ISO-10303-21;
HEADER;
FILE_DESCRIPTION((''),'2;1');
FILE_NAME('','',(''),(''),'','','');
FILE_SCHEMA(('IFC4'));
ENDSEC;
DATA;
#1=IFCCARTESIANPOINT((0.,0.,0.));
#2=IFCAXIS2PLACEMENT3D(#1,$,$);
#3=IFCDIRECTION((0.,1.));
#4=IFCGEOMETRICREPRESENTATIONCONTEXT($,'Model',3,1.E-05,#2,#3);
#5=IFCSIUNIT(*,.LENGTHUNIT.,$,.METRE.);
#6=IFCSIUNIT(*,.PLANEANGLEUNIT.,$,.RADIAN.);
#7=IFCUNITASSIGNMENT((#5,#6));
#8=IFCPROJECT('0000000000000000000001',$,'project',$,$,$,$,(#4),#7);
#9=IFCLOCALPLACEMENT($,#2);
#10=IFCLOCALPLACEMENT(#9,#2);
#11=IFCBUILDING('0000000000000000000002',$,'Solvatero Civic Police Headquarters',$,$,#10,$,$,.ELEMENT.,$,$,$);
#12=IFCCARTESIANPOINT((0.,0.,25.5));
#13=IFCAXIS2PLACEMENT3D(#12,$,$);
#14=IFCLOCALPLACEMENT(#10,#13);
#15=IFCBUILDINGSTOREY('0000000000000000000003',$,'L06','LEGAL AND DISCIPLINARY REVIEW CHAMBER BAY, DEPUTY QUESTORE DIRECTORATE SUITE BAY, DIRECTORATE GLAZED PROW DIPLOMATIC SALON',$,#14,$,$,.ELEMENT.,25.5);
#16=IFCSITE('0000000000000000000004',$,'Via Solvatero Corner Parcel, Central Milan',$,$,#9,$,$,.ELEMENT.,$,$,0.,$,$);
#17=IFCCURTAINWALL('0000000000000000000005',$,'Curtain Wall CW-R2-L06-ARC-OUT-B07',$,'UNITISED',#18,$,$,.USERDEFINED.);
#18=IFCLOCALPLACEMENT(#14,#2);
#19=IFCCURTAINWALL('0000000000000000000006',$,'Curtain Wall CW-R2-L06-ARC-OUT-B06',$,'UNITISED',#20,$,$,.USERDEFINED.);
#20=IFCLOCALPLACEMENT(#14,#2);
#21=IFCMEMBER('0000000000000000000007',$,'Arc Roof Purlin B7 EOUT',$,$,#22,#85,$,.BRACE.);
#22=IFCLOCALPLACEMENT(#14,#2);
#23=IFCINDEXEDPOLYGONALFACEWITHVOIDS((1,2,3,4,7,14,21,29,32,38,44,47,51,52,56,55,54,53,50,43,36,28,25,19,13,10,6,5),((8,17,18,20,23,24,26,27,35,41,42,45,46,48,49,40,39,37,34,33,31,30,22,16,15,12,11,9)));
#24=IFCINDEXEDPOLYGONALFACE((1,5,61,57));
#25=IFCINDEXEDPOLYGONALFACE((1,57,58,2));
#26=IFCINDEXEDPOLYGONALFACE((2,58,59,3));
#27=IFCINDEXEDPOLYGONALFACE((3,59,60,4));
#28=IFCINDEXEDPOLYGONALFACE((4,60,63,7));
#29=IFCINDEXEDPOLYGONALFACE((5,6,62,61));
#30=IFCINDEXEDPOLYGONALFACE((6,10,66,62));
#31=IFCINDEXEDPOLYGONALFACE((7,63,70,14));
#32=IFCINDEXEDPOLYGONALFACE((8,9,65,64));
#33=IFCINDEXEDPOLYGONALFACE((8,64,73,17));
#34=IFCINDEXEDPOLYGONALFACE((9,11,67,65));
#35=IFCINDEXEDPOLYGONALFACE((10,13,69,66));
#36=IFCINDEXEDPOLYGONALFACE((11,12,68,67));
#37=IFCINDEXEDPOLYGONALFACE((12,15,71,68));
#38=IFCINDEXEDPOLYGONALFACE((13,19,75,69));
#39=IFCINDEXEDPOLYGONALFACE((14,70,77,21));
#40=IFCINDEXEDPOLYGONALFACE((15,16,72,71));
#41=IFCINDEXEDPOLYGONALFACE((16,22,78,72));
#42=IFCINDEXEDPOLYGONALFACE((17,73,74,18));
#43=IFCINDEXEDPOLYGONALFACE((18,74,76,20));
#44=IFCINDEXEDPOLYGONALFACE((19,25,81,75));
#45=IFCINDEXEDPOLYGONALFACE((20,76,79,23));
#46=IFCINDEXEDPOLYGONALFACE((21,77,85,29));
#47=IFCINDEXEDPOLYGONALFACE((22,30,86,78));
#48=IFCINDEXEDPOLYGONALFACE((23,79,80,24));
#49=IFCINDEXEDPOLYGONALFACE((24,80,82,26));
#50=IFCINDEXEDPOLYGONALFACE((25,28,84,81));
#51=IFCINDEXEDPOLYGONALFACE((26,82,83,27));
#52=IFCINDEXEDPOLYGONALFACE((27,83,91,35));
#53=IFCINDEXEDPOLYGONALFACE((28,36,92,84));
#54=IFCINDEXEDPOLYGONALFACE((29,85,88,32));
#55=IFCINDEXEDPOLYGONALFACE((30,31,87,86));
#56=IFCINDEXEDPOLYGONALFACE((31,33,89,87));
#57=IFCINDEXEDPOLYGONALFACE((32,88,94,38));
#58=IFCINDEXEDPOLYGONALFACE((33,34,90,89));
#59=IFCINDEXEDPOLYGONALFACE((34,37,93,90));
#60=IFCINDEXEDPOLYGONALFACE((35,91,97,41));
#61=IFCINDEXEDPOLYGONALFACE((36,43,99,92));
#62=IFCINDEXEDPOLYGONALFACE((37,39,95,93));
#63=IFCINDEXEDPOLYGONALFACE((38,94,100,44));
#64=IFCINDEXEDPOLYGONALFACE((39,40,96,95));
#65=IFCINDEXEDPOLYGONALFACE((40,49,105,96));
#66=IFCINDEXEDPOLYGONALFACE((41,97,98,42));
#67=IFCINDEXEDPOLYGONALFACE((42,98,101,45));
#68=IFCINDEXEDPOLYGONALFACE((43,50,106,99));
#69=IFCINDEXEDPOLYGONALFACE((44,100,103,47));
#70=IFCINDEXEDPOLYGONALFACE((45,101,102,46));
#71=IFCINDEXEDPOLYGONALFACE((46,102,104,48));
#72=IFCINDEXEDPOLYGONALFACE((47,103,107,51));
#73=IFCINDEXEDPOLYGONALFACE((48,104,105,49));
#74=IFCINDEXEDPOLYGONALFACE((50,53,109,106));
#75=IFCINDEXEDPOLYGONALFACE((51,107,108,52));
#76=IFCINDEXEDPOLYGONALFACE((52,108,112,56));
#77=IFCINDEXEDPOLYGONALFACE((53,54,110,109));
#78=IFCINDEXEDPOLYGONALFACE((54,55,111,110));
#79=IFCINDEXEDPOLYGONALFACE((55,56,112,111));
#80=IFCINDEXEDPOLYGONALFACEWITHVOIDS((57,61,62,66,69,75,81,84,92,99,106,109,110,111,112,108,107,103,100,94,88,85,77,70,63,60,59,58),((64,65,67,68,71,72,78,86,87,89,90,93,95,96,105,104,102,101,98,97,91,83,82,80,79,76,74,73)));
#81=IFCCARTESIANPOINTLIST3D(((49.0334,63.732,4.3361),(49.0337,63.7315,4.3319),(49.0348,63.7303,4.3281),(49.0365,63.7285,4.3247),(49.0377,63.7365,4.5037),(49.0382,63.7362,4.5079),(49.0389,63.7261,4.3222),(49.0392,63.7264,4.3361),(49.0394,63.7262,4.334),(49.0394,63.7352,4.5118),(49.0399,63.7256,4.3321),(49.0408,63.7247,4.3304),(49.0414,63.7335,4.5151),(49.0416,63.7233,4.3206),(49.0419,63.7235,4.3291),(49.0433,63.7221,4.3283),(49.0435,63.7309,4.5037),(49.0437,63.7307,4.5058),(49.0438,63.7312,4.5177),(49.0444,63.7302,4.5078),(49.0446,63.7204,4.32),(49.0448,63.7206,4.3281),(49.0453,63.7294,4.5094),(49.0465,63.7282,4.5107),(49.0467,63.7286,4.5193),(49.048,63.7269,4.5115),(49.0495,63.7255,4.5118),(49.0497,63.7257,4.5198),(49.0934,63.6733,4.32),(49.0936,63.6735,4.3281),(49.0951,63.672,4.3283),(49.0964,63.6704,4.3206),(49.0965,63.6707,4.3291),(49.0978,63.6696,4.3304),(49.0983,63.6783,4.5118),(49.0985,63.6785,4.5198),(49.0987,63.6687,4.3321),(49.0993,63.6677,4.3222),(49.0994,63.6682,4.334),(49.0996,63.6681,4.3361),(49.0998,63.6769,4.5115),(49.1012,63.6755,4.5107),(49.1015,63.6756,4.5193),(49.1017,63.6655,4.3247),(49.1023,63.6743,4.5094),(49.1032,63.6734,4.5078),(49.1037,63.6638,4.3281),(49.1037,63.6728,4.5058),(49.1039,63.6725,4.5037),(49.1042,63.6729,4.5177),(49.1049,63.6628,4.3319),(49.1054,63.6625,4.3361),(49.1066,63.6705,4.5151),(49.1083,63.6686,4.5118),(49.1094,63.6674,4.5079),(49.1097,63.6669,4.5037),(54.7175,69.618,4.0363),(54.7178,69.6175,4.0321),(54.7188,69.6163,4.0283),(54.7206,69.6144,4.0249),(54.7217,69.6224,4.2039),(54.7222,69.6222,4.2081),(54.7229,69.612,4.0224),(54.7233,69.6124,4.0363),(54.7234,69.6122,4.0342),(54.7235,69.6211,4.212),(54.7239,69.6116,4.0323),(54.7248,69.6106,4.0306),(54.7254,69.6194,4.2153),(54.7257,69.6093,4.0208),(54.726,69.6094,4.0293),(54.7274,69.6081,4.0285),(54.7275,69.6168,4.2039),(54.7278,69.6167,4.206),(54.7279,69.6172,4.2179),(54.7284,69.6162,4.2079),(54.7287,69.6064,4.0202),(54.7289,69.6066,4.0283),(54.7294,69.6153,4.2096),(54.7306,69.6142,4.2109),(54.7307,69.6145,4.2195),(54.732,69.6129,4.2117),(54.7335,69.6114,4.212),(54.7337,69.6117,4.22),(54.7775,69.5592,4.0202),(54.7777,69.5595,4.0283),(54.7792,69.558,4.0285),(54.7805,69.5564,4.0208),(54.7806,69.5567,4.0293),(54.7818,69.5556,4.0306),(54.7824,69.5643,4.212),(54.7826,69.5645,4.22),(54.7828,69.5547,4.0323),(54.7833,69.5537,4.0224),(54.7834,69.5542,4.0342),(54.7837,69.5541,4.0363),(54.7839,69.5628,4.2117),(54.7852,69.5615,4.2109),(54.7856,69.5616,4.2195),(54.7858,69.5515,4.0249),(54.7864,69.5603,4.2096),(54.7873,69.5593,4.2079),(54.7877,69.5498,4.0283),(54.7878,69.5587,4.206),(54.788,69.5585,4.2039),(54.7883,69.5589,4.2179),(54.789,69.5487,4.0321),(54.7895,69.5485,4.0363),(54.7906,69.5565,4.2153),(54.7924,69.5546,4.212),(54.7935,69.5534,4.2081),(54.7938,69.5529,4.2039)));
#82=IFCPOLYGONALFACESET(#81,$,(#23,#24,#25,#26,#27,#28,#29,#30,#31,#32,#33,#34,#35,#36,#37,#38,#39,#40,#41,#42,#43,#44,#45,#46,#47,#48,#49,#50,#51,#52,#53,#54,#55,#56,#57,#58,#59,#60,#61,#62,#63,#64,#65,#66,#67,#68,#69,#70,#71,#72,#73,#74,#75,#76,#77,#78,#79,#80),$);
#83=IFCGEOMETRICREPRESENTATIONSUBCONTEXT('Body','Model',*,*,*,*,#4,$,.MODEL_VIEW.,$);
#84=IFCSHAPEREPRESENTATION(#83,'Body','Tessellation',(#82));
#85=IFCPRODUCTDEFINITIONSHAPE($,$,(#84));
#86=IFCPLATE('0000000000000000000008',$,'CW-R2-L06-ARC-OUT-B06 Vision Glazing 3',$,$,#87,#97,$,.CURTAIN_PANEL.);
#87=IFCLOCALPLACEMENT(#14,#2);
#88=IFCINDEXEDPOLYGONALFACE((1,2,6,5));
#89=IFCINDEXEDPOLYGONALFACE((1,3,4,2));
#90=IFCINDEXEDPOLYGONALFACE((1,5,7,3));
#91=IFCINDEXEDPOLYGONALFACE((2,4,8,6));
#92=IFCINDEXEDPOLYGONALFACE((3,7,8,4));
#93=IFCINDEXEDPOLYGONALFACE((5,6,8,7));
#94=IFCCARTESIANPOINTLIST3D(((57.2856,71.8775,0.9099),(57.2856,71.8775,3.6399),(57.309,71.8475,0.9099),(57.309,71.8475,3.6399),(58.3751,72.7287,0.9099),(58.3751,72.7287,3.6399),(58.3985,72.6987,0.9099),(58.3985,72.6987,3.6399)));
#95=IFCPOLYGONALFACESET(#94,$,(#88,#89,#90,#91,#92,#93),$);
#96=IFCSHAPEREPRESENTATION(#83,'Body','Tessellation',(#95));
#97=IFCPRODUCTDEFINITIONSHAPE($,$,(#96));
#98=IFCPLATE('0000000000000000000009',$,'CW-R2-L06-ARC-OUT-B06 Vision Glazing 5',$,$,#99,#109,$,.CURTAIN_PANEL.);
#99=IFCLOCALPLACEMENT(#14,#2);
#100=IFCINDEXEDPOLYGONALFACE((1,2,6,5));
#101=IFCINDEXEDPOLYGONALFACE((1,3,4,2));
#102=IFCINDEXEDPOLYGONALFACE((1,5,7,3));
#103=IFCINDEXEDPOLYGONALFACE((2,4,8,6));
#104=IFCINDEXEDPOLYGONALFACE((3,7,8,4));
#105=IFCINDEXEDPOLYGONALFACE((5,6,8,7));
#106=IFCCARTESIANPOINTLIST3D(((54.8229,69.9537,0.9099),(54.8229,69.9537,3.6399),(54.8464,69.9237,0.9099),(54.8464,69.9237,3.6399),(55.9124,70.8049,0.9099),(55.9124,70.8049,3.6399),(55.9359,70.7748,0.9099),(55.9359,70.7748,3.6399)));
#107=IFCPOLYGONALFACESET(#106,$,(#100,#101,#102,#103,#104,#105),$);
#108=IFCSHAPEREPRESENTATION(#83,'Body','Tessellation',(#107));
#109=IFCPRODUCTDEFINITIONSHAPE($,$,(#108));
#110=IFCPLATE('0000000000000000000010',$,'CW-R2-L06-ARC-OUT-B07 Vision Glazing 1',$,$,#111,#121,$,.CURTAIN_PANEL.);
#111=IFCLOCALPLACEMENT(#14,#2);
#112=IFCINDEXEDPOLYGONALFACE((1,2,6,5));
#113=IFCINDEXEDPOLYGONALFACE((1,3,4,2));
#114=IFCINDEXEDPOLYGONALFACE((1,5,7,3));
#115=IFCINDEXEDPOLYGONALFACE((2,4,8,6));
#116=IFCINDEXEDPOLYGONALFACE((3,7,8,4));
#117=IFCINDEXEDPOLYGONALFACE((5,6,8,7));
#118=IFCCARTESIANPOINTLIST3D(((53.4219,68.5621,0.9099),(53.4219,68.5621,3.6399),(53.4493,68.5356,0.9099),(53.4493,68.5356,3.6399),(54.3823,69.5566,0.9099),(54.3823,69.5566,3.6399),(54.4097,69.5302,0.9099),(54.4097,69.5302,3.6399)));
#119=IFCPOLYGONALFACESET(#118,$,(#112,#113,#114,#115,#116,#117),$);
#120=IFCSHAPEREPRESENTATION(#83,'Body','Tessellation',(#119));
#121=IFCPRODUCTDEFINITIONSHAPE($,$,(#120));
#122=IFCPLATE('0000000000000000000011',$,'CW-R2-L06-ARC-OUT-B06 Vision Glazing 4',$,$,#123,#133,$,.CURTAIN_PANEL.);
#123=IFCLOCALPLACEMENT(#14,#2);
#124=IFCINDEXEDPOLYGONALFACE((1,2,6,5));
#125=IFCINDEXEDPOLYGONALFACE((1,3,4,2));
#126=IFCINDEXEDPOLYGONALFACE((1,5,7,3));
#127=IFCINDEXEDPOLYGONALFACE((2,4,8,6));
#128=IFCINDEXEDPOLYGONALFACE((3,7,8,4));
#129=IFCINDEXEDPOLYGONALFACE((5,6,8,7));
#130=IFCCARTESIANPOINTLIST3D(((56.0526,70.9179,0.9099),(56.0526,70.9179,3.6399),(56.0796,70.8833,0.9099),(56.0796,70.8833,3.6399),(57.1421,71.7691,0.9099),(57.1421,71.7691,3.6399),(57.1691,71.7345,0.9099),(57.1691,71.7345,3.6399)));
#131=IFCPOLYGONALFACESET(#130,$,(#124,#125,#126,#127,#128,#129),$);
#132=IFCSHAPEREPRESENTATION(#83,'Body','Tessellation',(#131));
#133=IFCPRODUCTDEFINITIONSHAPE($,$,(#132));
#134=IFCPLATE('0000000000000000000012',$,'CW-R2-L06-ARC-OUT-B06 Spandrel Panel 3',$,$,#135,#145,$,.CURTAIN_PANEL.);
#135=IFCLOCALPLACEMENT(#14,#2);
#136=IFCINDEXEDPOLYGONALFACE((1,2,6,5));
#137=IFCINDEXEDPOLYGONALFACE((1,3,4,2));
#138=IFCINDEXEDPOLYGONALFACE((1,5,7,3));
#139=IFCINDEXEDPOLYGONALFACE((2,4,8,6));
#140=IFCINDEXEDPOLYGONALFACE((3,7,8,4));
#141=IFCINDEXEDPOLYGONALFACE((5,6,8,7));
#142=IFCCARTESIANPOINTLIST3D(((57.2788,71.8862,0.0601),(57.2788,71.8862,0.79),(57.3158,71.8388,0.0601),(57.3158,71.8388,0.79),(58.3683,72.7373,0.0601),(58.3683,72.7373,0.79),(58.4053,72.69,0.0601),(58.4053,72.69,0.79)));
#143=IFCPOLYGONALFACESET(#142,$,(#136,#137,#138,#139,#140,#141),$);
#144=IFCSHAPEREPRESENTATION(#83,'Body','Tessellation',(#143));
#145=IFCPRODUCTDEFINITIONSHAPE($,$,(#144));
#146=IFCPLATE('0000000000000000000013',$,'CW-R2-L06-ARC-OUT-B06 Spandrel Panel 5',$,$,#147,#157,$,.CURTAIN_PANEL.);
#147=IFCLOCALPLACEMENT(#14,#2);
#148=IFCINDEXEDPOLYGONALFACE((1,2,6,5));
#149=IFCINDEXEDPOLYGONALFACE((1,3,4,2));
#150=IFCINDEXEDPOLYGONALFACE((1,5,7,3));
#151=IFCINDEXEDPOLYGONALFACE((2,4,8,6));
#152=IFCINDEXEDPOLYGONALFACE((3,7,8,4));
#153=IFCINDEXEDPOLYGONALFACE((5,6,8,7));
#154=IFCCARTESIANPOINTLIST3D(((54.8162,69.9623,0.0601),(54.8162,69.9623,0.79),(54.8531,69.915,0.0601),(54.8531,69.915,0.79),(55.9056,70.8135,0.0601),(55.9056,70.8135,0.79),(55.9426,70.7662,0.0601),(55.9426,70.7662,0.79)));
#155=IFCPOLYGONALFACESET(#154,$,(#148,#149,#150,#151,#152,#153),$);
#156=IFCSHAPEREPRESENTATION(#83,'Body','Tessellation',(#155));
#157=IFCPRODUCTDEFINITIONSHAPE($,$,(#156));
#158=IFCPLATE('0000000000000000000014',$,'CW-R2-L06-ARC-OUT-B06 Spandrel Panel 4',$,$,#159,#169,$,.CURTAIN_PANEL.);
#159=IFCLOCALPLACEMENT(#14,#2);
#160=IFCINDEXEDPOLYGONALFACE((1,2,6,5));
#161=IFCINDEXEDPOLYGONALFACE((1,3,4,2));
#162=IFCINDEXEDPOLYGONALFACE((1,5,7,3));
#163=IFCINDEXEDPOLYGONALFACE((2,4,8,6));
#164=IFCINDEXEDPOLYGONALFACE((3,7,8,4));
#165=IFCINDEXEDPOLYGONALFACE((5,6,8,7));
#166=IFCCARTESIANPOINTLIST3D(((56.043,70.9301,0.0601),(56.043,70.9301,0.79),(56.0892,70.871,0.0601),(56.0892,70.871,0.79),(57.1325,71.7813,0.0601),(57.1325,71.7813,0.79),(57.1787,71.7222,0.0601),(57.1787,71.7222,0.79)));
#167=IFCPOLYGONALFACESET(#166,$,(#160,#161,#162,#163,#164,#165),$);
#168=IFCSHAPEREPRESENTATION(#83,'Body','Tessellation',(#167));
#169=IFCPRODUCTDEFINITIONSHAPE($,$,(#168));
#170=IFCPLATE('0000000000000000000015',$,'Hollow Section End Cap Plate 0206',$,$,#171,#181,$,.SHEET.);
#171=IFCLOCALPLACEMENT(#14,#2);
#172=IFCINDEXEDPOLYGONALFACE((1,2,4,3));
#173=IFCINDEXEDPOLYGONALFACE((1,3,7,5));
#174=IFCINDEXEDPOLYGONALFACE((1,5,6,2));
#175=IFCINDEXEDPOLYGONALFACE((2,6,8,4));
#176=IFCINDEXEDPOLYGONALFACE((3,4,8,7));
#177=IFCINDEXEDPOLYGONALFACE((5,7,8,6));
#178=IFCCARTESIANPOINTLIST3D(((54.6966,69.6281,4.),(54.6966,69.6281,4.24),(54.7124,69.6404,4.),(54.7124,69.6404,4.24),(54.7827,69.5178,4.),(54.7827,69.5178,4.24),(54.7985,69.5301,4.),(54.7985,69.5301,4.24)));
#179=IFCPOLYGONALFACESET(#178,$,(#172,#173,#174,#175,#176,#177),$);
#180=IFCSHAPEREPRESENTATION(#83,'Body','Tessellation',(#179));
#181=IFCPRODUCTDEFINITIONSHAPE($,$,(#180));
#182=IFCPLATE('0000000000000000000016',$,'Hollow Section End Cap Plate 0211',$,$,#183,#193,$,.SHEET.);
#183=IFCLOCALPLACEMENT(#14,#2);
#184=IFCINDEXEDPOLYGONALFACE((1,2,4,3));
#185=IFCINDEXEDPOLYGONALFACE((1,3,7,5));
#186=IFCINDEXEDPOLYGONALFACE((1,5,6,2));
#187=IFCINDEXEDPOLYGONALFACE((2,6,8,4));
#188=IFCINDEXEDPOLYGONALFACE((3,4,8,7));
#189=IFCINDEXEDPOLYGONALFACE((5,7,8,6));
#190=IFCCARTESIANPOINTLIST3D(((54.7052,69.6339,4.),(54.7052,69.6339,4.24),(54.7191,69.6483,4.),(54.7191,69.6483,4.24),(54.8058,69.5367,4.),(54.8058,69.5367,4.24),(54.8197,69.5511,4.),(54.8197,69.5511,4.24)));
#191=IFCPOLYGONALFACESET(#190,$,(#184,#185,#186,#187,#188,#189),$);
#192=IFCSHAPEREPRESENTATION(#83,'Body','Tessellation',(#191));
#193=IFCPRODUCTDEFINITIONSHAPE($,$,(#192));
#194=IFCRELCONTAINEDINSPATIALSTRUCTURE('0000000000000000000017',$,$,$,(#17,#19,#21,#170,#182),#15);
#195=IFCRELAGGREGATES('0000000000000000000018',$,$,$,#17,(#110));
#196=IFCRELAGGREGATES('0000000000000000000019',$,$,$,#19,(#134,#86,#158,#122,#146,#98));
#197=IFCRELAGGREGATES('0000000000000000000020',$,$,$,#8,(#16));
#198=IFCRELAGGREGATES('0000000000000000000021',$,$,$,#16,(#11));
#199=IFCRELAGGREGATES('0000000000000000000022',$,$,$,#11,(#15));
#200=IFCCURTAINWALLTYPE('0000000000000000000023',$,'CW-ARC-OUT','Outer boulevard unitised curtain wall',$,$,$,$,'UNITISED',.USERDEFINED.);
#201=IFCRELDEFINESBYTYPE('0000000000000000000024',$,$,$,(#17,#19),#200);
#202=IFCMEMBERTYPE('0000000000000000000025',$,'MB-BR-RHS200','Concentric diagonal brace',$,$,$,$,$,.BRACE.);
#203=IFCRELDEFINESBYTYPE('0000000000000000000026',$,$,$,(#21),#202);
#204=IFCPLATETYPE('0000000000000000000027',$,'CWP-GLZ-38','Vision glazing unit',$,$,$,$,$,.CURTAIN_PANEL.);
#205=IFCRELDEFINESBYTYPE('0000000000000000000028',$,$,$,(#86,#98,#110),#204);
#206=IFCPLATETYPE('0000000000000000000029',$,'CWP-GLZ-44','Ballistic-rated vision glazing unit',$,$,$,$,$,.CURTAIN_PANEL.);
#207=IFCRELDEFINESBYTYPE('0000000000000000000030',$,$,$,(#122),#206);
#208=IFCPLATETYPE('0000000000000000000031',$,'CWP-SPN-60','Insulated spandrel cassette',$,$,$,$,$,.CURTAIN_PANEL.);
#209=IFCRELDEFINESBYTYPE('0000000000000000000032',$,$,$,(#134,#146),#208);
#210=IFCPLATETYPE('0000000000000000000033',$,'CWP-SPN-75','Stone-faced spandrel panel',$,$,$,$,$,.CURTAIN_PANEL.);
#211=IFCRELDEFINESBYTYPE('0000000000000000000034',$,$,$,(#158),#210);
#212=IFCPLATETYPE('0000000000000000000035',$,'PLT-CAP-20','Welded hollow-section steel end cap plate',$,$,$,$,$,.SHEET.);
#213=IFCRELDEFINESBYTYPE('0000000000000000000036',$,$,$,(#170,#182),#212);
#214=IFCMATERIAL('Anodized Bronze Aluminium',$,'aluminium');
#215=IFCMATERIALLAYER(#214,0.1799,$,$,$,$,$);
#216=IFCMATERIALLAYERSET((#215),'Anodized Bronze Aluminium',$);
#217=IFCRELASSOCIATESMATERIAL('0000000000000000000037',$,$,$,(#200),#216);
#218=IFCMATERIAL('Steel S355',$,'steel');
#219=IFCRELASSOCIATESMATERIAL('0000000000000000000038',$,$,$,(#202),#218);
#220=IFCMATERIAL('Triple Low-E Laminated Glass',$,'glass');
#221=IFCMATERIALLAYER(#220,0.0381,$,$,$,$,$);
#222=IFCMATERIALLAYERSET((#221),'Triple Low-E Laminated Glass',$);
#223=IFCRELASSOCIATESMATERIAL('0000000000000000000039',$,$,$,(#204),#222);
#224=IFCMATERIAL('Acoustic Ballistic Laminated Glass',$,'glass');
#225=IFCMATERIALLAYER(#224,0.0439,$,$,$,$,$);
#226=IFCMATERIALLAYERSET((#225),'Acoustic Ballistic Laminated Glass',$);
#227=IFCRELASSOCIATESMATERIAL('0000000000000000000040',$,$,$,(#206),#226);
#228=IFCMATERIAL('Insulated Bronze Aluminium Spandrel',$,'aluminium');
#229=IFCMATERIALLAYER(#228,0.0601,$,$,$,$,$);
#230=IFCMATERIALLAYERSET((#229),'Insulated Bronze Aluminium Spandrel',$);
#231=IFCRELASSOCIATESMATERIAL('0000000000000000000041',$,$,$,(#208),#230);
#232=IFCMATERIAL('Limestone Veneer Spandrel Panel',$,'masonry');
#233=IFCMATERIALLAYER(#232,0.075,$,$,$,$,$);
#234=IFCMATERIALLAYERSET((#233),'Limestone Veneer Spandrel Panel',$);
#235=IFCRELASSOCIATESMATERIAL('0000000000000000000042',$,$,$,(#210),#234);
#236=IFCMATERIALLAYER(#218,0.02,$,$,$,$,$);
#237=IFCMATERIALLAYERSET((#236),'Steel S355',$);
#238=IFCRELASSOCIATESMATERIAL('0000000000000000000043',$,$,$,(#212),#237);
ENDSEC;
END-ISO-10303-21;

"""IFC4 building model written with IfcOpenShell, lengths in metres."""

from ifc_helpers import new_model, si_unit, direction, frame, origin, origin_2d, place, context, subcontext, project, spatial, rectangle, hollow_rectangle, extrude, material, layer, layer_set, material_profile, profile_set, type_object, element, aggregate, save


model = new_model("IFC4")

# Units and contexts
model_context = context("Model", 3, precision=1e-05, world=origin(), true_north=direction((0.0, 1.0)))
body_context = subcontext(model_context, "Body", "Model", "MODEL_VIEW")
ifc_project = project(units=[si_unit("LENGTHUNIT", "METRE"), si_unit("PLANEANGLEUNIT", "RADIAN")], contexts=[model_context])

# Site, building, storey
site_placement = place(None, origin())
site = spatial("IfcSite", under=ifc_project, at=site_placement, Name="Via Solvatero Corner Parcel, Central Milan", CompositionType="ELEMENT", RefElevation=0.0)
building_placement = place(site_placement, origin())
building = spatial("IfcBuilding", under=site, at=building_placement, Name="Solvatero Civic Police Headquarters", CompositionType="ELEMENT")
storey_placement = place(building_placement, frame((0.0, 0.0, 25.5)))
storey = spatial("IfcBuildingStorey", under=building, at=storey_placement, Name="L06", Description="LEGAL AND DISCIPLINARY REVIEW CHAMBER BAY, DEPUTY QUESTORE DIRECTORATE SUITE BAY, DIRECTORATE GLAZED PROW DIPLOMATIC SALON", CompositionType="ELEMENT", Elevation=25.5)

# Shared definitions
ifc_material_1 = material(Name="Steel S355", Category="steel")

# Curtain wall
ifc_material_2 = material(Name="Anodized Bronze Aluminium", Category="aluminium")
ifc_layer_1 = layer(ifc_material_2, 0.1799)
ifc_layer_set_1 = layer_set([ifc_layer_1], Name="Anodized Bronze Aluminium")
curtain_wall_type = type_object("IfcCurtainWallType", Name="CW-ARC-OUT", Description="Outer boulevard unitised curtain wall", ElementType="UNITISED", PredefinedType="USERDEFINED", material=ifc_layer_set_1)
curtain_wall_1_placement = place(storey_placement, origin())
curtain_wall_1 = element("IfcCurtainWall", 1, at=curtain_wall_1_placement, inside=storey, type_object=curtain_wall_type, Name="Curtain Wall CW-R2-L06-ARC-OUT-B07", ObjectType="UNITISED", PredefinedType="USERDEFINED")

# Curtain wall
curtain_wall_2_placement = place(storey_placement, origin())
curtain_wall_2 = element("IfcCurtainWall", 2, at=curtain_wall_2_placement, inside=storey, type_object=curtain_wall_type, Name="Curtain Wall CW-R2-L06-ARC-OUT-B06", ObjectType="UNITISED", PredefinedType="USERDEFINED")

# Member
ifc_material_profile_1 = material_profile(ifc_material_1, hollow_rectangle(XDim=0.1001, YDim=0.2, WallThickness=0.0081, InnerFilletRadius=0.0081, OuterFilletRadius=0.0161, at=origin_2d()), Name="RHS 200x100x8.0")
ifc_profile_set_1 = profile_set([ifc_material_profile_1], Name="Steel S355")
member_type_1 = type_object("IfcMemberType", Name="MB-BR-RHS200", Description="Concentric diagonal brace", PredefinedType="BRACE", material=ifc_profile_set_1)
member_1_placement = place(storey_placement, frame((54.7556, 69.5854, 4.1201), z_axis=(-0.694196, -0.718854, 0.036615), x_axis=(0.719337, -0.694662, 0.0)))
element("IfcMember", 3, at=member_1_placement, inside=storey, type_object=member_type_1, Name="Arc Roof Purlin B7 EOUT", PredefinedType="BRACE", context=body_context, shape_type="SweptSolid", body=[
    extrude(hollow_rectangle(XDim=0.1001, YDim=0.2, WallThickness=0.0081, InnerFilletRadius=0.0081, OuterFilletRadius=0.0161, at=origin_2d()), origin(), (0.0, 0.0, 1.0), 8.188),
])

# Plates
ifc_material_3 = material(Name="Triple Low-E Laminated Glass", Category="glass")
ifc_layer_2 = layer(ifc_material_3, 0.0381)
ifc_layer_set_2 = layer_set([ifc_layer_2], Name="Triple Low-E Laminated Glass")
plate_type_1 = type_object("IfcPlateType", Name="CWP-GLZ-38", Description="Vision glazing unit", PredefinedType="CURTAIN_PANEL", material=ifc_layer_set_2)
plate_1_placement = place(storey_placement, frame((57.842, 72.2881, 0.9099), z_axis=(0.0, 0.0, 1.0), x_axis=(-0.788011, -0.615661, 0.0)))
plate_1 = element("IfcPlate", 4, at=plate_1_placement, type_object=plate_type_1, Name="CW-R2-L06-ARC-OUT-B06 Vision Glazing 3", PredefinedType="CURTAIN_PANEL", context=body_context, shape_type="SweptSolid", body=[
    extrude(rectangle(XDim=1.3826, YDim=0.0381, at=origin_2d()), origin(), (0.0, 0.0, 1.0), 2.73),
])
plate_2_placement = place(storey_placement, frame((55.3794, 70.3643, 0.9099), z_axis=(0.0, 0.0, 1.0), x_axis=(-0.788011, -0.615661, 0.0)))
plate_2 = element("IfcPlate", 5, at=plate_2_placement, type_object=plate_type_1, Name="CW-R2-L06-ARC-OUT-B06 Vision Glazing 5", PredefinedType="CURTAIN_PANEL", context=body_context, shape_type="SweptSolid", body=[
    extrude(rectangle(XDim=1.3826, YDim=0.0381, at=origin_2d()), origin(), (0.0, 0.0, 1.0), 2.73),
])
plate_3_placement = place(storey_placement, frame((53.9158, 69.0461, 0.9099), z_axis=(0.0, 0.0, 1.0), x_axis=(-0.694658, -0.71934, 0.0)))
plate_3 = element("IfcPlate", 6, at=plate_3_placement, type_object=plate_type_1, Name="CW-R2-L06-ARC-OUT-B07 Vision Glazing 1", PredefinedType="CURTAIN_PANEL", context=body_context, shape_type="SweptSolid", body=[
    extrude(rectangle(XDim=1.3826, YDim=0.0381, at=origin_2d()), origin(), (0.0, 0.0, 1.0), 2.73),
])
aggregate(curtain_wall_1, [plate_3])
ifc_material_4 = material(Name="Acoustic Ballistic Laminated Glass", Category="glass")
ifc_layer_3 = layer(ifc_material_4, 0.0439)
ifc_layer_set_3 = layer_set([ifc_layer_3], Name="Acoustic Ballistic Laminated Glass")
plate_type_2 = type_object("IfcPlateType", Name="CWP-GLZ-44", Description="Ballistic-rated vision glazing unit", PredefinedType="CURTAIN_PANEL", material=ifc_layer_set_3)
plate_4_placement = place(storey_placement, frame((56.6108, 71.3262, 0.9099), z_axis=(0.0, 0.0, 1.0), x_axis=(-0.788011, -0.615661, 0.0)))
plate_4 = element("IfcPlate", 7, at=plate_4_placement, type_object=plate_type_2, Name="CW-R2-L06-ARC-OUT-B06 Vision Glazing 4", PredefinedType="CURTAIN_PANEL", context=body_context, shape_type="SweptSolid", body=[
    extrude(rectangle(XDim=1.3826, YDim=0.0439, at=origin_2d()), origin(), (0.0, 0.0, 1.0), 2.73),
])
ifc_material_5 = material(Name="Insulated Bronze Aluminium Spandrel", Category="aluminium")
ifc_layer_4 = layer(ifc_material_5, 0.0601)
ifc_layer_set_4 = layer_set([ifc_layer_4], Name="Insulated Bronze Aluminium Spandrel")
plate_type_3 = type_object("IfcPlateType", Name="CWP-SPN-60", Description="Insulated spandrel cassette", PredefinedType="CURTAIN_PANEL", material=ifc_layer_set_4)
plate_5_placement = place(storey_placement, frame((57.842, 72.2881, 0.0601), z_axis=(0.0, 0.0, 1.0), x_axis=(-0.788011, -0.615661, 0.0)))
plate_5 = element("IfcPlate", 8, at=plate_5_placement, type_object=plate_type_3, Name="CW-R2-L06-ARC-OUT-B06 Spandrel Panel 3", PredefinedType="CURTAIN_PANEL", context=body_context, shape_type="SweptSolid", body=[
    extrude(rectangle(XDim=1.3826, YDim=0.0601, at=origin_2d()), origin(), (0.0, 0.0, 1.0), 0.73),
])
plate_6_placement = place(storey_placement, frame((55.3794, 70.3643, 0.0601), z_axis=(0.0, 0.0, 1.0), x_axis=(-0.788011, -0.615661, 0.0)))
plate_6 = element("IfcPlate", 9, at=plate_6_placement, type_object=plate_type_3, Name="CW-R2-L06-ARC-OUT-B06 Spandrel Panel 5", PredefinedType="CURTAIN_PANEL", context=body_context, shape_type="SweptSolid", body=[
    extrude(rectangle(XDim=1.3826, YDim=0.0601, at=origin_2d()), origin(), (0.0, 0.0, 1.0), 0.73),
])
ifc_material_6 = material(Name="Limestone Veneer Spandrel Panel", Category="masonry")
ifc_layer_5 = layer(ifc_material_6, 0.075)
ifc_layer_set_5 = layer_set([ifc_layer_5], Name="Limestone Veneer Spandrel Panel")
plate_type_4 = type_object("IfcPlateType", Name="CWP-SPN-75", Description="Stone-faced spandrel panel", PredefinedType="CURTAIN_PANEL", material=ifc_layer_set_5)
plate_7_placement = place(storey_placement, frame((56.6108, 71.3262, 0.0601), z_axis=(0.0, 0.0, 1.0), x_axis=(-0.788011, -0.615661, 0.0)))
plate_7 = element("IfcPlate", 10, at=plate_7_placement, type_object=plate_type_4, Name="CW-R2-L06-ARC-OUT-B06 Spandrel Panel 4", PredefinedType="CURTAIN_PANEL", context=body_context, shape_type="SweptSolid", body=[
    extrude(rectangle(XDim=1.3826, YDim=0.075, at=origin_2d()), origin(), (0.0, 0.0, 1.0), 0.73),
])
aggregate(curtain_wall_2, [plate_5, plate_1, plate_7, plate_4, plate_6, plate_2])

# Plates
ifc_layer_6 = layer(ifc_material_1, 0.02)
ifc_layer_set_6 = layer_set([ifc_layer_6], Name="Steel S355")
plate_type_5 = type_object("IfcPlateType", Name="PLT-CAP-20", Description="Welded hollow-section steel end cap plate", PredefinedType="SHEET", material=ifc_layer_set_6)
for number, where, z_axis, x_axis, name in (
    (11, (54.7476, 69.5791, 4.0), (0.0, 0.0, 1.0), (-0.788, -0.615675, 0.0), "Hollow Section End Cap Plate 0206"),
    (12, (54.7625, 69.5925, 4.0), (0.0, 0.0, 1.0), (-0.694658, -0.71934, 0.0), "Hollow Section End Cap Plate 0211"),
):
    element("IfcPlate", number, at=place(storey_placement, frame(where, z_axis=z_axis, x_axis=x_axis)), inside=storey, type_object=plate_type_5, Name=name, PredefinedType="SHEET", context=body_context, shape_type="SweptSolid", body=[
        extrude(rectangle(XDim=0.02, YDim=0.1399, at=origin_2d()), origin(), (0.0, 0.0, 1.0), 0.24),
    ])

save(model, "model.ifc")
